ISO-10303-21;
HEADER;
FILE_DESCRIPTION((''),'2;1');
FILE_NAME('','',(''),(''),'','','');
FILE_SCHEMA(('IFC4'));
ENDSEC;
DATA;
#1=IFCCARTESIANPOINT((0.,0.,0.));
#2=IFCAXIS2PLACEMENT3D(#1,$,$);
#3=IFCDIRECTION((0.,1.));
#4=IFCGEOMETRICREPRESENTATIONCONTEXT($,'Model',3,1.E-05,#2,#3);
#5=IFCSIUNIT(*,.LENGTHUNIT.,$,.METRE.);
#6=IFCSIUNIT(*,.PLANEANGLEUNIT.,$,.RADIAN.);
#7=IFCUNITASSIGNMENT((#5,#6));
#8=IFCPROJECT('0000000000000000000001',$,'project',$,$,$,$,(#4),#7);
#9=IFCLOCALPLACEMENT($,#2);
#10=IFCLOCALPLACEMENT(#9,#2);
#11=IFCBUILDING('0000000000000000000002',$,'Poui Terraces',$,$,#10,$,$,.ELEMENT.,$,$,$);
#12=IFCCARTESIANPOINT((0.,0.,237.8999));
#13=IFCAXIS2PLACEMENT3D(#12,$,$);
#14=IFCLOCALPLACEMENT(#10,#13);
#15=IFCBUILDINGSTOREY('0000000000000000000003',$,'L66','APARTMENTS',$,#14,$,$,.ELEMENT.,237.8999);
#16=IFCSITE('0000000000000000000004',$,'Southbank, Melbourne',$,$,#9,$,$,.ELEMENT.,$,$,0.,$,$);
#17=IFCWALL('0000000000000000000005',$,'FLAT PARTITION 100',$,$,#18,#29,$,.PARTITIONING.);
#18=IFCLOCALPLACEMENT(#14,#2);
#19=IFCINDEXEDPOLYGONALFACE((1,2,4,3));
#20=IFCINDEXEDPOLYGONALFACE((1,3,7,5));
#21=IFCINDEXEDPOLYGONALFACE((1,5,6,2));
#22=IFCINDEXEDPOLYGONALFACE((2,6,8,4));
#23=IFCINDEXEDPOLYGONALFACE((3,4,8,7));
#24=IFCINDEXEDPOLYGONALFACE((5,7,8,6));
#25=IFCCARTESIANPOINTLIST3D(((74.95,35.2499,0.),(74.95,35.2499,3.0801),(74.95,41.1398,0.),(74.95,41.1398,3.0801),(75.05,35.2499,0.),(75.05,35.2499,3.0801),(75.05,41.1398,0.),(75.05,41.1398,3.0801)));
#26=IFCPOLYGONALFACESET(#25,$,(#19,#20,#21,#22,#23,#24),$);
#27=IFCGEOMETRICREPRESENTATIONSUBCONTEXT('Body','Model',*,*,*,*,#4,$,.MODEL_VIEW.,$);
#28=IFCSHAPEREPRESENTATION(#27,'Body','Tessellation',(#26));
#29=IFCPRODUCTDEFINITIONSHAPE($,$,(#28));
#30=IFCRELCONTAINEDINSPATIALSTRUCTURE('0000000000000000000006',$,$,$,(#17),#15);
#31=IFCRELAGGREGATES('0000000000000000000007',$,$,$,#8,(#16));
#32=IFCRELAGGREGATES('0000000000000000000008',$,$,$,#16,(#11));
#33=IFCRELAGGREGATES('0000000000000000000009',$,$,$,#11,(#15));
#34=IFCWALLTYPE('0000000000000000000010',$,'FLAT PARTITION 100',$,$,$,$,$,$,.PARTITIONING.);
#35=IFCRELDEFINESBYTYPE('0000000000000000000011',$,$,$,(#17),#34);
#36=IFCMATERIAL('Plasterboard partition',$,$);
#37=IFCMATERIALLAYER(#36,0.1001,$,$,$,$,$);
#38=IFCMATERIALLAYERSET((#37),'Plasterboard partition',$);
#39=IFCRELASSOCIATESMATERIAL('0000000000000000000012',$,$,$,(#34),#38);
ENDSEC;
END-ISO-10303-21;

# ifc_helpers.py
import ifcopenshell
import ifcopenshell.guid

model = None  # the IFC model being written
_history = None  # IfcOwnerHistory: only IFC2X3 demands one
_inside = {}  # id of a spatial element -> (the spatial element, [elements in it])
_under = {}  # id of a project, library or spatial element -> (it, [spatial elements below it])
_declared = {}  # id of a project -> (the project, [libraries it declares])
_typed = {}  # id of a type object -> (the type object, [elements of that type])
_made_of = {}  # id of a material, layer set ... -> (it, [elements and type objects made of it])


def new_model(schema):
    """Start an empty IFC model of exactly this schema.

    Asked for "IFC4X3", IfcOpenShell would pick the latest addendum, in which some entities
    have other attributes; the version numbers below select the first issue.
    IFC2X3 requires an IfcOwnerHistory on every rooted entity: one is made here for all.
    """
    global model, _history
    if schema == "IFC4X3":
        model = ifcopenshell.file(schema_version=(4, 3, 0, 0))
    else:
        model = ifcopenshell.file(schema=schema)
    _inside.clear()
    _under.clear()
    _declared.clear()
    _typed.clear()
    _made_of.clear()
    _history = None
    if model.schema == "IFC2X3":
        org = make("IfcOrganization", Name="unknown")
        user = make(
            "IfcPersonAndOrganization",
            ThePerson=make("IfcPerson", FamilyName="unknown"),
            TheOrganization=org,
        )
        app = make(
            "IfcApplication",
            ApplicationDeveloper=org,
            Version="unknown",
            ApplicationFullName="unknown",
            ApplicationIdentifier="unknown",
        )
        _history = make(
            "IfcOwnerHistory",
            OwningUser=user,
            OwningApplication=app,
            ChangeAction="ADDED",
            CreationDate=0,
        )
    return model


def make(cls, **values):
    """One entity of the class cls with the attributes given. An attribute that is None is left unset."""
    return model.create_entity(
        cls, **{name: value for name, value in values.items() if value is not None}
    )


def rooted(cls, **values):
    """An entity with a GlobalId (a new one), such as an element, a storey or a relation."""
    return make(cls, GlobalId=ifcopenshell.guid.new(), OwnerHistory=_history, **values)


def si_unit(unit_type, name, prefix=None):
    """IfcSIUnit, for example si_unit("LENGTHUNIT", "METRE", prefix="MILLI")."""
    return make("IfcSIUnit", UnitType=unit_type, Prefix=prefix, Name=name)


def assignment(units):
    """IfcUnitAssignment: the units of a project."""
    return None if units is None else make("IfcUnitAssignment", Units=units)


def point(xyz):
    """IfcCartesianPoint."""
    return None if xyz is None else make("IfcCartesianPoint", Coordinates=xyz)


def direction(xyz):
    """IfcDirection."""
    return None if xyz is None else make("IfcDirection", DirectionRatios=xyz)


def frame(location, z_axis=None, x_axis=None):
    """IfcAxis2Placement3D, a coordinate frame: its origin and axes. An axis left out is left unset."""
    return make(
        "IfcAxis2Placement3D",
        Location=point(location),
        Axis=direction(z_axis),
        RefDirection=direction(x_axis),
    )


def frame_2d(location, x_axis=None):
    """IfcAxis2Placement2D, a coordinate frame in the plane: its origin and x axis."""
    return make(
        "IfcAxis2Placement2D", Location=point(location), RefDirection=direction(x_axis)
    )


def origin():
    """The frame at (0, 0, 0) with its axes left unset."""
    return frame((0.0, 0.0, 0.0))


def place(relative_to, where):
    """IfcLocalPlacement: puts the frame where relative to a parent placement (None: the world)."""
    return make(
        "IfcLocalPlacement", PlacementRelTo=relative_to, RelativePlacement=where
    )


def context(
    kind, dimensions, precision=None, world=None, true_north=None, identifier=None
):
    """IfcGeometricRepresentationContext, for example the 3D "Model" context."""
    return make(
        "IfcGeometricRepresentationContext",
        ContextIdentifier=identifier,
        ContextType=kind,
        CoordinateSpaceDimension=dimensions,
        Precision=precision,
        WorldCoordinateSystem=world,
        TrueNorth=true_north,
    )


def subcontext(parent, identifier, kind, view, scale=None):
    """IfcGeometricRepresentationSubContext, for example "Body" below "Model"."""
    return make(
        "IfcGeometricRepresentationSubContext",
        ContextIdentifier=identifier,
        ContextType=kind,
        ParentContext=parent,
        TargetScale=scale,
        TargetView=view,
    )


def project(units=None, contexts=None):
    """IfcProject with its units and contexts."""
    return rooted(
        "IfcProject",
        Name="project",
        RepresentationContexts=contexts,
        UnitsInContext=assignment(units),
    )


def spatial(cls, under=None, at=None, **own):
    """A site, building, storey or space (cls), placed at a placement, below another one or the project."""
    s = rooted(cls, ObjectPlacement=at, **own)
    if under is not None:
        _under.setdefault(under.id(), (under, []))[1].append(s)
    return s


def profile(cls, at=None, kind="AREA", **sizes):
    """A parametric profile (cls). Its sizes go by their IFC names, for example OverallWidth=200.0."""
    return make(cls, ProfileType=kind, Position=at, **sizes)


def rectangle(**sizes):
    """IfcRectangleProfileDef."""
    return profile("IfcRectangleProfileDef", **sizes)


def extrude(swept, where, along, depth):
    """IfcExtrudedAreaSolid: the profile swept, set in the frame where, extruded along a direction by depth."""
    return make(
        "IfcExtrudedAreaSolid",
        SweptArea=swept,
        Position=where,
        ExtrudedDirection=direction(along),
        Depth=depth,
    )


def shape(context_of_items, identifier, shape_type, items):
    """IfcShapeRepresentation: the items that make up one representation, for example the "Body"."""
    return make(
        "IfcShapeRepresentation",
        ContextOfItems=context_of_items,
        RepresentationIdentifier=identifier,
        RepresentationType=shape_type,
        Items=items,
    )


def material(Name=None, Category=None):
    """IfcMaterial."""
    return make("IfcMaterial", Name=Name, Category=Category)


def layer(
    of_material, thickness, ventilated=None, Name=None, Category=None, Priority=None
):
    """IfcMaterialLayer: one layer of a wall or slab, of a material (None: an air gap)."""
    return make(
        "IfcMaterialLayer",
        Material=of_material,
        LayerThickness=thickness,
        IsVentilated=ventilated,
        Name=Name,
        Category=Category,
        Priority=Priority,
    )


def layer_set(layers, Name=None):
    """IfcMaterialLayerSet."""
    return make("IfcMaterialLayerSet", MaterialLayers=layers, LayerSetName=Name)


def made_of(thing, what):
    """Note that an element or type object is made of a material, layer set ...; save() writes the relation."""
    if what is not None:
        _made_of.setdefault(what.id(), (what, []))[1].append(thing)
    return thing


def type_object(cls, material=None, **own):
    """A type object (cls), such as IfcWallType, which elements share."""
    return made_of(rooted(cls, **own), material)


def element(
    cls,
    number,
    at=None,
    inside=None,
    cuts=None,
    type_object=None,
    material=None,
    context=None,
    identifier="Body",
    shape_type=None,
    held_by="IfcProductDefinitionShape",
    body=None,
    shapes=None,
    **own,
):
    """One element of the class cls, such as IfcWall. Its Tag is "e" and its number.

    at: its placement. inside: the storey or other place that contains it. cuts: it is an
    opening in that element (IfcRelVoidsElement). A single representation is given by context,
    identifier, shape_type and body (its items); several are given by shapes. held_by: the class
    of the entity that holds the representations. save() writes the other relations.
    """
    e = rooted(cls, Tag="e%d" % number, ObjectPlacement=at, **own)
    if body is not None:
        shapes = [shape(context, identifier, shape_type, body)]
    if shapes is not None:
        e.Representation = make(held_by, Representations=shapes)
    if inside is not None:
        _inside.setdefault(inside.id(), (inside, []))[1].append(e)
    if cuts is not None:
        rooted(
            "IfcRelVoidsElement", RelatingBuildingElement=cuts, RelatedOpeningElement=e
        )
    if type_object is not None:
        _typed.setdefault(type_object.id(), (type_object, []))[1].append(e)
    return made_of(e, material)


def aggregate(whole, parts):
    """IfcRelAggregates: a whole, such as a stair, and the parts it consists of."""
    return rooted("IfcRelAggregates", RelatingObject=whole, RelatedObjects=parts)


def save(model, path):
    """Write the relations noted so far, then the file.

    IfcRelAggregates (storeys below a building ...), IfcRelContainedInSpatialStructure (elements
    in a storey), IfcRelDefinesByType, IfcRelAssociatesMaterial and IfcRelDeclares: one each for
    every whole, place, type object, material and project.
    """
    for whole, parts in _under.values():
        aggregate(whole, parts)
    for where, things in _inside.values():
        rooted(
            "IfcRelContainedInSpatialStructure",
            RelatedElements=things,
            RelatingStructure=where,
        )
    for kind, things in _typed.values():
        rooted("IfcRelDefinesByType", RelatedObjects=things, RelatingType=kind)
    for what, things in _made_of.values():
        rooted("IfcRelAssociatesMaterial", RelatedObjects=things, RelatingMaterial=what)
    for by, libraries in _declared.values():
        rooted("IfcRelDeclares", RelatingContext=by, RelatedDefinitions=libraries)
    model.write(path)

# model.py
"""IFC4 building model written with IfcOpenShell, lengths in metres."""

from ifc_helpers import new_model, si_unit, direction, frame, frame_2d, origin, place, context, subcontext, project, spatial, rectangle, extrude, material, layer, layer_set, type_object, element, save


model = new_model("IFC4")

# Units and contexts
model_context = context("Model", 3, precision=1e-05, world=origin(), true_north=direction((0.0, 1.0)))
body_context = subcontext(model_context, "Body", "Model", "MODEL_VIEW")
ifc_project = project(units=[si_unit("LENGTHUNIT", "METRE"), si_unit("PLANEANGLEUNIT", "RADIAN")], contexts=[model_context])

# Site, building, storey
site_placement = place(None, origin())
site = spatial("IfcSite", under=ifc_project, at=site_placement, Name="Southbank, Melbourne", CompositionType="ELEMENT", RefElevation=0.0)
building_placement = place(site_placement, origin())
building = spatial("IfcBuilding", under=site, at=building_placement, Name="Poui Terraces", CompositionType="ELEMENT")
storey_placement = place(building_placement, frame((0.0, 0.0, 237.8999)))
storey = spatial("IfcBuildingStorey", under=building, at=storey_placement, Name="L66", Description="APARTMENTS", CompositionType="ELEMENT", Elevation=237.8999)

# Wall
ifc_material_1 = material(Name="Plasterboard partition")
ifc_layer_1 = layer(ifc_material_1, 0.1001)
ifc_layer_set_1 = layer_set([ifc_layer_1], Name="Plasterboard partition")
wall_type_1 = type_object("IfcWallType", Name="FLAT PARTITION 100", PredefinedType="PARTITIONING", material=ifc_layer_set_1)
wall_1_placement = place(storey_placement, frame((75.0, 35.25, 0.0), z_axis=(0.0, 0.0, 1.0), x_axis=(0.0, 1.0, 0.0)))
element("IfcWall", 1, at=wall_1_placement, inside=storey, type_object=wall_type_1, Name="FLAT PARTITION 100", PredefinedType="PARTITIONING", context=body_context, shape_type="SweptSolid", body=[
    extrude(rectangle(XDim=5.8899, YDim=0.1001, at=frame_2d((2.9448, 0.0))), origin(), (0.0, 0.0, 1.0), 3.0801),
])

save(model, "model.ifc")
